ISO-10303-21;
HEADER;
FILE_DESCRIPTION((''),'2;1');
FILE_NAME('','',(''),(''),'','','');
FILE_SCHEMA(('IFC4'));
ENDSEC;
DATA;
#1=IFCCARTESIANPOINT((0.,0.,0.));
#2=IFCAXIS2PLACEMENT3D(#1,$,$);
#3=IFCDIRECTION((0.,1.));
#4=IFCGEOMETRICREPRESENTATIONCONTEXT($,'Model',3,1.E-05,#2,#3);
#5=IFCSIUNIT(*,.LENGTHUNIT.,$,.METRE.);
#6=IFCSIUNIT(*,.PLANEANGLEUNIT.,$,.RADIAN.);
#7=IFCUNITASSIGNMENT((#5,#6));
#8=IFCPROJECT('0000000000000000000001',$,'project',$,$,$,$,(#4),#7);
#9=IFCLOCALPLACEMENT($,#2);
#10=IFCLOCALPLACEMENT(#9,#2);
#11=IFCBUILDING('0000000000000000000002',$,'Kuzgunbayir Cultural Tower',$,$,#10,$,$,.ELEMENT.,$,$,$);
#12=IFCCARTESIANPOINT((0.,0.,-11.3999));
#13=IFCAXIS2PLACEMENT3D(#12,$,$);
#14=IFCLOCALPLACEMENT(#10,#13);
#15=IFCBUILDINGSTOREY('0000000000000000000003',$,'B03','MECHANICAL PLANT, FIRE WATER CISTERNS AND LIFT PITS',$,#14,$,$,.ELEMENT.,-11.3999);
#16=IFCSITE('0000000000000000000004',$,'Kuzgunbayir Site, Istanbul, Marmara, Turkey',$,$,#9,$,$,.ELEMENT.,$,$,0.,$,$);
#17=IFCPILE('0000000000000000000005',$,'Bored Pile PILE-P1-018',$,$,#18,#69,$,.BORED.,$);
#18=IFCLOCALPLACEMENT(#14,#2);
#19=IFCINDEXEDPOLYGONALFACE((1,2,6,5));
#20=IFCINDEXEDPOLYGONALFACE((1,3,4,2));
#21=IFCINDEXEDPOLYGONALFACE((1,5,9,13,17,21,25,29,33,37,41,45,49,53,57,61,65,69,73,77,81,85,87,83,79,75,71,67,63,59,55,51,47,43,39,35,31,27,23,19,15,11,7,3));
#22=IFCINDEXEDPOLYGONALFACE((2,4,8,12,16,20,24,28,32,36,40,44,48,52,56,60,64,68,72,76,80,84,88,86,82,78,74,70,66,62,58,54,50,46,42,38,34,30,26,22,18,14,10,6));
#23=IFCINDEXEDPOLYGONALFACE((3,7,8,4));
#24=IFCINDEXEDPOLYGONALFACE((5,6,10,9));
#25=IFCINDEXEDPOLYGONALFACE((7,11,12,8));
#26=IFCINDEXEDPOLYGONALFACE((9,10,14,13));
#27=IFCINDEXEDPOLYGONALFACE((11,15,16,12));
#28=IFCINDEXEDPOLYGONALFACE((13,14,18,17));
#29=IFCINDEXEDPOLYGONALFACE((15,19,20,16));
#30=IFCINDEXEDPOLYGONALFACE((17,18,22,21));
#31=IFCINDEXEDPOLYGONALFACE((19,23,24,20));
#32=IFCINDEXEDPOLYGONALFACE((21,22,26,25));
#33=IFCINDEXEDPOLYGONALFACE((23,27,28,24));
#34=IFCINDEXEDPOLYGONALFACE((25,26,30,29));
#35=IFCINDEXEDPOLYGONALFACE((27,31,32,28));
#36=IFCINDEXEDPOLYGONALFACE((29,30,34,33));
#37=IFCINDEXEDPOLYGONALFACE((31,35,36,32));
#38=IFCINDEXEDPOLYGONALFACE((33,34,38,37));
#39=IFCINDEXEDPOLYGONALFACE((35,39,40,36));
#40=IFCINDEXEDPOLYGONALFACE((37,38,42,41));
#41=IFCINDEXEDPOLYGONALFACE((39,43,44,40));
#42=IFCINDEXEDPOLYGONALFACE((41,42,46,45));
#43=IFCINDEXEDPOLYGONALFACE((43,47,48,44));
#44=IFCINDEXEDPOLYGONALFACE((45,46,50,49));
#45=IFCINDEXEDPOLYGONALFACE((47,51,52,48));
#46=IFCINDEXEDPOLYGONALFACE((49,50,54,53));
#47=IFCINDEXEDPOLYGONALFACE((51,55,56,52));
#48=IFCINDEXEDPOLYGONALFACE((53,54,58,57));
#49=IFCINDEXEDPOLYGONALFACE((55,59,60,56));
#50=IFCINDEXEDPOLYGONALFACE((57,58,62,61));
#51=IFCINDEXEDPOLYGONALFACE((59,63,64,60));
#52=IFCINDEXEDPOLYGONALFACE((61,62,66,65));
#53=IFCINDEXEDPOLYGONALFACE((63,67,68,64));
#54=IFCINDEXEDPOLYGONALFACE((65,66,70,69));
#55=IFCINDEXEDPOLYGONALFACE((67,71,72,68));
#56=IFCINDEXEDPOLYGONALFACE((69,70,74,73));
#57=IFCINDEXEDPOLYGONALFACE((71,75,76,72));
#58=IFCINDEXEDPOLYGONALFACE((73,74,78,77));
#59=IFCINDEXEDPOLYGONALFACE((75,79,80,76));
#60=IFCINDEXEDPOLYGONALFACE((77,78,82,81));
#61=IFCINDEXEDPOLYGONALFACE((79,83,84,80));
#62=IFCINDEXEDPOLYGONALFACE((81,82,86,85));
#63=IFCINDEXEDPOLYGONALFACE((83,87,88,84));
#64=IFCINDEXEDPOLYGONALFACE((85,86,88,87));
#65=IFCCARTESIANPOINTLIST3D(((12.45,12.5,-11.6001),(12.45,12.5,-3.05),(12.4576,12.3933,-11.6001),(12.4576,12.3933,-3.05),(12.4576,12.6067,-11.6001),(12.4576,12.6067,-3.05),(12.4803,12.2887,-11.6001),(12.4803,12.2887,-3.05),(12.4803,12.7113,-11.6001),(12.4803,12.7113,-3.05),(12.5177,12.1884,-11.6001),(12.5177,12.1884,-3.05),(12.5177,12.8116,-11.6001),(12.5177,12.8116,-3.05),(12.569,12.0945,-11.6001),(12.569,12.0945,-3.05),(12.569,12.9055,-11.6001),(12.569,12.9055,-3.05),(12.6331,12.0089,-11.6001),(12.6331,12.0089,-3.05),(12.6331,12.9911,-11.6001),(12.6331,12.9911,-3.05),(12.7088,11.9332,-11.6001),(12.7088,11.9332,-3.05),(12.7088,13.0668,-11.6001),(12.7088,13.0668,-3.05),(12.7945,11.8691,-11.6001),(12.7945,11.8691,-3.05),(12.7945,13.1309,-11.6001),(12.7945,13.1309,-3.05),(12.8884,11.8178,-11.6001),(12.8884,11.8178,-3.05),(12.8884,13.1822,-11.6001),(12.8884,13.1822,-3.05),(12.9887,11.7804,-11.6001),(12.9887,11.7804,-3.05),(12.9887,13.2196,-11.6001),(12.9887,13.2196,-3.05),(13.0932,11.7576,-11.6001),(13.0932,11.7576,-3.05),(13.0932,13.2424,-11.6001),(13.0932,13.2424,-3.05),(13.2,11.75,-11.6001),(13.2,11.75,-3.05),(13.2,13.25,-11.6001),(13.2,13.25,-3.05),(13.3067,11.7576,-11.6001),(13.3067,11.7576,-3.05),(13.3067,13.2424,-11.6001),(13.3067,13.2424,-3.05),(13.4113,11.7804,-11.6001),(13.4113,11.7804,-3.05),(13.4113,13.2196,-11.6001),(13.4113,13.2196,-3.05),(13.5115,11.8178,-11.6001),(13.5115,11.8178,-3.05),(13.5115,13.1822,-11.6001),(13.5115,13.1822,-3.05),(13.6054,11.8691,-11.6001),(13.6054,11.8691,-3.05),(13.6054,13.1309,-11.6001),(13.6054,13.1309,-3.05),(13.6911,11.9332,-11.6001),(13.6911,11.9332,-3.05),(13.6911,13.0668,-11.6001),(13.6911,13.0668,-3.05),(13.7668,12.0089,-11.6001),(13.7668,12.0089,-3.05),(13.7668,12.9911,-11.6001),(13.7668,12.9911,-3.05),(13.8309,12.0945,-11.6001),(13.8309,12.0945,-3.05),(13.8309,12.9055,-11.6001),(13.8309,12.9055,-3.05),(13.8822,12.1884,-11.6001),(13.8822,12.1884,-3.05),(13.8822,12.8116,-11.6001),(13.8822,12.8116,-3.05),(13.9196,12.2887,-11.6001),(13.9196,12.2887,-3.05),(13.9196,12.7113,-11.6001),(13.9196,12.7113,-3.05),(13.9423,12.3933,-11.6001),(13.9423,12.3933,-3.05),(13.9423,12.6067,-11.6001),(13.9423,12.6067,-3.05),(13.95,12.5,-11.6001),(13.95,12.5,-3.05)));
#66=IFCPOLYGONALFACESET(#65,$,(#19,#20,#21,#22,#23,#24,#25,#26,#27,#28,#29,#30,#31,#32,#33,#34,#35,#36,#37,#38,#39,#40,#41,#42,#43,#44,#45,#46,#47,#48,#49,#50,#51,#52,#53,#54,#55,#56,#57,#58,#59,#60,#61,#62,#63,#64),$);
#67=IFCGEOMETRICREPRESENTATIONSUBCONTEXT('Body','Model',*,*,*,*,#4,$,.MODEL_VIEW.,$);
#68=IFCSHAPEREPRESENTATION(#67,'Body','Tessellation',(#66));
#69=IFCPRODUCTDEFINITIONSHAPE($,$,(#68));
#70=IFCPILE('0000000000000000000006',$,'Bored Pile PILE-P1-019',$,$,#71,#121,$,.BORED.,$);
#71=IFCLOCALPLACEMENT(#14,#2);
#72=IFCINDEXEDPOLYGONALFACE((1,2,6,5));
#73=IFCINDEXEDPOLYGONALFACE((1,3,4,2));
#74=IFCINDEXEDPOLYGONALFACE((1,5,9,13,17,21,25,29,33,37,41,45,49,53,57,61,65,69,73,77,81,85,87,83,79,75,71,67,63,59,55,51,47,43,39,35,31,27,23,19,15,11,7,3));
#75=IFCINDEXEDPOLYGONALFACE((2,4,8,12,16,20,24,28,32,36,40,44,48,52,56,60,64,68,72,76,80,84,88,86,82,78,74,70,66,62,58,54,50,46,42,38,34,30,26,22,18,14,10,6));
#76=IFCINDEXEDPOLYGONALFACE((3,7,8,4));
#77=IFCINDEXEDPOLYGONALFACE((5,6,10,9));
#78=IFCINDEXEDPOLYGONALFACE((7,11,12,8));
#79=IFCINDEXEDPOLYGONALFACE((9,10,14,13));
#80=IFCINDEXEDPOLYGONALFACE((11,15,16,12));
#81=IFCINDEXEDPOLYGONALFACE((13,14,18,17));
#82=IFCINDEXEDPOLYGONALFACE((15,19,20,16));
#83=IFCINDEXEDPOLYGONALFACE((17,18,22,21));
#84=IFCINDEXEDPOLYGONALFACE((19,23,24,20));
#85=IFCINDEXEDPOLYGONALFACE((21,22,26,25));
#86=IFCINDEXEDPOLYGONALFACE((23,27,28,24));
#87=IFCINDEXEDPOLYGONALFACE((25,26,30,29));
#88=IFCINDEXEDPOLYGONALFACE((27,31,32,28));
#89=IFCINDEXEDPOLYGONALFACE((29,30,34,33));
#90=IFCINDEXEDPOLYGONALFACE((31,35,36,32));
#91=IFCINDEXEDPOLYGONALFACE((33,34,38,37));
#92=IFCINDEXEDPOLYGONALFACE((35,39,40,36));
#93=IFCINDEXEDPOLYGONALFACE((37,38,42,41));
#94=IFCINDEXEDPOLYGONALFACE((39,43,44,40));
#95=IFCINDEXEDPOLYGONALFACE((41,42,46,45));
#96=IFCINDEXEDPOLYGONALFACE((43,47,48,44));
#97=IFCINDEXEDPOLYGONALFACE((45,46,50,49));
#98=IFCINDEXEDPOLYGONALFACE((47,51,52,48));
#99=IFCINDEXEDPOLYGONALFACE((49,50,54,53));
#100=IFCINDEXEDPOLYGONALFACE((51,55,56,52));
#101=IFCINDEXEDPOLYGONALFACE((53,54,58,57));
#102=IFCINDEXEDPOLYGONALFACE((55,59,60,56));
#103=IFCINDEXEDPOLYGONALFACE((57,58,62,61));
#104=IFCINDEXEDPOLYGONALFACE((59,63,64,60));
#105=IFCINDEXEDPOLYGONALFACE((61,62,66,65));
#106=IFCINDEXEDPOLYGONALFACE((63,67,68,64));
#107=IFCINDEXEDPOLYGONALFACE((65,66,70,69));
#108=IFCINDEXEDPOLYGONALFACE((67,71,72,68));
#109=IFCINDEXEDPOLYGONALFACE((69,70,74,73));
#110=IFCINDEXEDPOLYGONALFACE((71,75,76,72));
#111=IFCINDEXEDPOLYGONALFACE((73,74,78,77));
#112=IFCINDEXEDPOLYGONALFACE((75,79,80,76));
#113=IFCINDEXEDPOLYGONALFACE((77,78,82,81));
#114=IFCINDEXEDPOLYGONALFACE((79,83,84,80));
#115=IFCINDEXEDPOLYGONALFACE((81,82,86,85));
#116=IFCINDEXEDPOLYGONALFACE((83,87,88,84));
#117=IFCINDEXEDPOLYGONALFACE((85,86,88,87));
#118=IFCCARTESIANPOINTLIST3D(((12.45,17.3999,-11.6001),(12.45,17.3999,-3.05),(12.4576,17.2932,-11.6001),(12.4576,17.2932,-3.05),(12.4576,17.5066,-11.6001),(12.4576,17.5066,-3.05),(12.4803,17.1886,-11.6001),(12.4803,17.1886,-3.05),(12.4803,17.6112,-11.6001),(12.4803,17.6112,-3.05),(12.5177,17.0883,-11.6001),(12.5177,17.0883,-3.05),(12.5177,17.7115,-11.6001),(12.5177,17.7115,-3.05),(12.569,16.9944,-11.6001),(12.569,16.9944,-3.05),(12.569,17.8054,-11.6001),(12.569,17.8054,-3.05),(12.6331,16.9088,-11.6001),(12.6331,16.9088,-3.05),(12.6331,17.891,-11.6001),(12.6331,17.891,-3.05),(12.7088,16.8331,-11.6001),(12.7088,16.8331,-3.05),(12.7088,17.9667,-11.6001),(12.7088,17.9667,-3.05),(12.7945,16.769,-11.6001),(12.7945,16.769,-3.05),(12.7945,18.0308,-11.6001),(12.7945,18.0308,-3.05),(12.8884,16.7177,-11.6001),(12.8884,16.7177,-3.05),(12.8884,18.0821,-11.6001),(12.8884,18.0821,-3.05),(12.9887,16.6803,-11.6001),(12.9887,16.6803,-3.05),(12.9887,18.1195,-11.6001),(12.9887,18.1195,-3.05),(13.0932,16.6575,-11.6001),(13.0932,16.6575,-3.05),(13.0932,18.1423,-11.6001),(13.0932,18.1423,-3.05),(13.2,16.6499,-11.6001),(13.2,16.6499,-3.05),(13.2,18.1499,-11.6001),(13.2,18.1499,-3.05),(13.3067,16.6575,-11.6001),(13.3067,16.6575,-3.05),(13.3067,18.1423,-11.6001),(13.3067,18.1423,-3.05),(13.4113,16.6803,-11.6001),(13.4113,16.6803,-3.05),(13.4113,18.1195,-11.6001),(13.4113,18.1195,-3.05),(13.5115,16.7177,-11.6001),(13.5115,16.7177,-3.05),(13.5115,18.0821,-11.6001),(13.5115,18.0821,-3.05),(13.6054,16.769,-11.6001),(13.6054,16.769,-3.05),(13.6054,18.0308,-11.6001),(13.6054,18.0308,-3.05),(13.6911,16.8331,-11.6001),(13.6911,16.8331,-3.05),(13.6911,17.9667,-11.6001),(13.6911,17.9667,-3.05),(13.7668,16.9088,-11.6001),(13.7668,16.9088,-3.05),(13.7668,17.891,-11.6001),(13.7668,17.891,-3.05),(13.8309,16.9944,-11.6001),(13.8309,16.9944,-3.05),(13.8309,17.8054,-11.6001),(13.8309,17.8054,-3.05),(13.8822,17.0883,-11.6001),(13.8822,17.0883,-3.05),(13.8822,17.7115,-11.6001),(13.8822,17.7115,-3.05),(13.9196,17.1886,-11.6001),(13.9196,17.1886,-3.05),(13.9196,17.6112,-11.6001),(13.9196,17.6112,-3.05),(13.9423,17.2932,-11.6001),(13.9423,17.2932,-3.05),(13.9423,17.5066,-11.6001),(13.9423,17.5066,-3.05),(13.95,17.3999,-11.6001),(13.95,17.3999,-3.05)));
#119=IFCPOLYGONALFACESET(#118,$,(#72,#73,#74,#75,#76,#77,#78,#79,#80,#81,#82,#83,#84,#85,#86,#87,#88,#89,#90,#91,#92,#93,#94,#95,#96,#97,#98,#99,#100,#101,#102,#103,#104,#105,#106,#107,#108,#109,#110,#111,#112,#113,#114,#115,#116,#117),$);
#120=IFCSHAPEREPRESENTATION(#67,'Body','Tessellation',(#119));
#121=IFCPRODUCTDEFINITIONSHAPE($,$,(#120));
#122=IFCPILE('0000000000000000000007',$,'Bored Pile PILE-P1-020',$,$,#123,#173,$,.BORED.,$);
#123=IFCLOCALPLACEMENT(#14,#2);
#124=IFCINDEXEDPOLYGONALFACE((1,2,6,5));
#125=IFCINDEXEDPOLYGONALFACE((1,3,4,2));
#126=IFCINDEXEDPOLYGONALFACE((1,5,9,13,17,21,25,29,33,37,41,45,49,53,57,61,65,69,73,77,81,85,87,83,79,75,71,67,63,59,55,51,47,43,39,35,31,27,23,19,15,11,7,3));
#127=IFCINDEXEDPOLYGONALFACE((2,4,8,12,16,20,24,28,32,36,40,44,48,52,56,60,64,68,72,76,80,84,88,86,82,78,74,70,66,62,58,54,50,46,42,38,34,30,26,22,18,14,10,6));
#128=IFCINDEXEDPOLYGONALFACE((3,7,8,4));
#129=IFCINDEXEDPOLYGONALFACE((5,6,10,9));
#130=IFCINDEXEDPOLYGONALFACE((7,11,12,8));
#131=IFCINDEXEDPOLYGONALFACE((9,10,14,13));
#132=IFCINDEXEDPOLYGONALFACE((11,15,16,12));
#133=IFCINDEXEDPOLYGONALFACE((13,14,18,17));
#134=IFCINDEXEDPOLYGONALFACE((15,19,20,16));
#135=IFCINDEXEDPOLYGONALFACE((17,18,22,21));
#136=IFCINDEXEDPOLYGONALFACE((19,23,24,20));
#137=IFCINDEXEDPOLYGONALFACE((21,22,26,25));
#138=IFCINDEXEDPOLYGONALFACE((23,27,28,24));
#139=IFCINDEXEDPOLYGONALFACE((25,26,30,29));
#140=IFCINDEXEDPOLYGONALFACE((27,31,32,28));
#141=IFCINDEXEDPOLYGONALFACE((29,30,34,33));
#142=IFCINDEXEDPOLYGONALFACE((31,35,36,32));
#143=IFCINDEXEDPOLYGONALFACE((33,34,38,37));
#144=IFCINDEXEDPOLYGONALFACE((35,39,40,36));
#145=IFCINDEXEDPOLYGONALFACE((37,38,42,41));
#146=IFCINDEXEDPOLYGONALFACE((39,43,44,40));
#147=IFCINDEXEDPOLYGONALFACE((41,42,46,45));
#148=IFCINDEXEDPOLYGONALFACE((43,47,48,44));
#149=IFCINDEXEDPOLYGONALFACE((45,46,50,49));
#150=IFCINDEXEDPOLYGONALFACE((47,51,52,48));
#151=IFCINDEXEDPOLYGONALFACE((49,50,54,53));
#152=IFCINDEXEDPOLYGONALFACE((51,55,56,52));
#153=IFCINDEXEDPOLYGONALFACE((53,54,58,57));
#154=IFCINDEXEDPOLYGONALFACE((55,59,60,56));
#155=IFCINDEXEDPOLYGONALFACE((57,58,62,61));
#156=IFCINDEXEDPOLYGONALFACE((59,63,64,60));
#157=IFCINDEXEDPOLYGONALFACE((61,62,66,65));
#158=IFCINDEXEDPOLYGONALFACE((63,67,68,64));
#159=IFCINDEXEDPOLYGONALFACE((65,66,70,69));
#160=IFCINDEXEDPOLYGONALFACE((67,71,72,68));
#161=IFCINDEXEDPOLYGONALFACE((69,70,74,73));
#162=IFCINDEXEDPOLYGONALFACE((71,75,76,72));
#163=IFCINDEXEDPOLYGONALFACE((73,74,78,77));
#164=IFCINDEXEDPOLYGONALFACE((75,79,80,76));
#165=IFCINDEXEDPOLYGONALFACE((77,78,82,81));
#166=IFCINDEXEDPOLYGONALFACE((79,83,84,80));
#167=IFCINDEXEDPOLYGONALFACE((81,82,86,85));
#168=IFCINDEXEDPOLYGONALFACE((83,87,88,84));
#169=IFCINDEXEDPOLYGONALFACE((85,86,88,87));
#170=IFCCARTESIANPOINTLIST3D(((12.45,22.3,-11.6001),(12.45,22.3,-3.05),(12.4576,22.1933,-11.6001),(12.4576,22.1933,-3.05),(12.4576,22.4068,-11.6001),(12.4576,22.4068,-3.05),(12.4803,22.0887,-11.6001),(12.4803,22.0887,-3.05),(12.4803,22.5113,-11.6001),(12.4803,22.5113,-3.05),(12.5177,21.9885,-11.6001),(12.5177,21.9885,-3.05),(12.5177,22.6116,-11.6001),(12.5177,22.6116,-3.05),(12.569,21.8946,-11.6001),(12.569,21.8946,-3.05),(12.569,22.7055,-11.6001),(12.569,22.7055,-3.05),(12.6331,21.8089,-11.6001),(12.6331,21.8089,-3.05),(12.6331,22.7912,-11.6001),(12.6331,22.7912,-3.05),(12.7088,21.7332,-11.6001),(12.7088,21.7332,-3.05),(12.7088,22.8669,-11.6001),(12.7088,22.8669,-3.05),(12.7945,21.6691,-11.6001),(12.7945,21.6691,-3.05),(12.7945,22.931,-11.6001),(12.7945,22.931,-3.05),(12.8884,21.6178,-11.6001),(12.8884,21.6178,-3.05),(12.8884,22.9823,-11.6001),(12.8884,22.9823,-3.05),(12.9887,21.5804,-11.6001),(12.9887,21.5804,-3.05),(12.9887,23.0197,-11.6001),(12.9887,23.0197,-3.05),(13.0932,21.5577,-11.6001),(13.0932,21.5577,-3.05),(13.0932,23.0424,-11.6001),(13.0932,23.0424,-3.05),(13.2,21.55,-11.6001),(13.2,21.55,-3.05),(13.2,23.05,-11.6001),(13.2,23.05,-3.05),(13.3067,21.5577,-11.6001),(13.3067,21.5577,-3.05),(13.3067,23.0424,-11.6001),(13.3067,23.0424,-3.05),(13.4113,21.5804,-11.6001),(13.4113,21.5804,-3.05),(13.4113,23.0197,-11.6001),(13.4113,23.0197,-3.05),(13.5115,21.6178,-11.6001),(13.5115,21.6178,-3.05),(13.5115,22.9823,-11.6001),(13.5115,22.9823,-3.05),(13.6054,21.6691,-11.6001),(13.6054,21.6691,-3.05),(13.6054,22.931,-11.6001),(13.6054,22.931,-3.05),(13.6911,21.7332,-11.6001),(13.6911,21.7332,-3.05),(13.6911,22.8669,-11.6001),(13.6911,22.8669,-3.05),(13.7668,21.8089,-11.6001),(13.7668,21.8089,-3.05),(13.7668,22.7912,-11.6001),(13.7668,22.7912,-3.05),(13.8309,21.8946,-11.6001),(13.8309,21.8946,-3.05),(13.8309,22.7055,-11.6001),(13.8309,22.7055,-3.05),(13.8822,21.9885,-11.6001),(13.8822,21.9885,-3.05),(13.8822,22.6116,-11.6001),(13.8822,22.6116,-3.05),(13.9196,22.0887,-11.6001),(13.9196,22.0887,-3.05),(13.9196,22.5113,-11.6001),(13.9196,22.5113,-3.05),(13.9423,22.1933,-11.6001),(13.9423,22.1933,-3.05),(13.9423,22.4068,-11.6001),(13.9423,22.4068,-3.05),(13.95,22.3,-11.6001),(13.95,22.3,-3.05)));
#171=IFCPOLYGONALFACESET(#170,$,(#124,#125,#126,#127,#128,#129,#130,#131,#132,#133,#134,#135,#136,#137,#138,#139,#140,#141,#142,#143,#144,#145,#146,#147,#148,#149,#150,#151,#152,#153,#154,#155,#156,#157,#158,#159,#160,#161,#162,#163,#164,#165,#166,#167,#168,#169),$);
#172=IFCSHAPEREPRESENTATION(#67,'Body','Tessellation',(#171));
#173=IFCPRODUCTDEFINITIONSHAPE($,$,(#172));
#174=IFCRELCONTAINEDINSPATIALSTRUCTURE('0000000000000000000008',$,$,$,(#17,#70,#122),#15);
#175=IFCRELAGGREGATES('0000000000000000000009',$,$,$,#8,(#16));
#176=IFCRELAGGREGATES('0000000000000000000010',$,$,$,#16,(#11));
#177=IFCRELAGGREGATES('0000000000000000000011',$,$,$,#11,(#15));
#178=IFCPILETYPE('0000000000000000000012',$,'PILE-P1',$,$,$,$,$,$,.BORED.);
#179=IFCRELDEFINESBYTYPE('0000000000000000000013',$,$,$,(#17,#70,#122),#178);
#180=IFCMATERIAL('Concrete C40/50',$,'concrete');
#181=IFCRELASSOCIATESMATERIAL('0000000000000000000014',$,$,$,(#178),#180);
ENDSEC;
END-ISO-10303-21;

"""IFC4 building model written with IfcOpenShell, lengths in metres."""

from ifc_helpers import new_model, si_unit, direction, frame, origin, origin_2d, place, context, subcontext, project, spatial, circle, extrude, material, material_profile, profile_set, type_object, element, save


model = new_model("IFC4")

# Units and contexts
model_context = context("Model", 3, precision=1e-05, world=origin(), true_north=direction((0.0, 1.0)))
body_context = subcontext(model_context, "Body", "Model", "MODEL_VIEW")
ifc_project = project(units=[si_unit("LENGTHUNIT", "METRE"), si_unit("PLANEANGLEUNIT", "RADIAN")], contexts=[model_context])

# Site, building, storey
site_placement = place(None, origin())
site = spatial("IfcSite", under=ifc_project, at=site_placement, Name="Kuzgunbayir Site, Istanbul, Marmara, Turkey", CompositionType="ELEMENT", RefElevation=0.0)
building_placement = place(site_placement, origin())
building = spatial("IfcBuilding", under=site, at=building_placement, Name="Kuzgunbayir Cultural Tower", CompositionType="ELEMENT")
storey_placement = place(building_placement, frame((0.0, 0.0, -11.3999)))
storey = spatial("IfcBuildingStorey", under=building, at=storey_placement, Name="B03", Description="MECHANICAL PLANT, FIRE WATER CISTERNS AND LIFT PITS", CompositionType="ELEMENT", Elevation=-11.3999)

# Shared definitions
ifc_material_1 = material(Name="Concrete C40/50", Category="concrete")

# Piles
ifc_material_profile_1 = material_profile(ifc_material_1, circle(Radius=0.75, at=origin_2d()), Name="BORED PILE 1500")
ifc_profile_set_1 = profile_set([ifc_material_profile_1], Name="Concrete C40/50")
pile_type_1 = type_object("IfcPileType", Name="PILE-P1", PredefinedType="BORED", material=ifc_profile_set_1)
for number, where, z_axis, x_axis, name in (
    (1, (13.2, 12.5, -3.05), (0.0, 0.0, -1.0), (1.0, 0.0, 0.0), "Bored Pile PILE-P1-018"),
    (2, (13.2, 17.3999, -3.05), (0.0, 0.0, -1.0), (1.0, 0.0, 0.0), "Bored Pile PILE-P1-019"),
    (3, (13.2, 22.3, -3.05), (0.0, 0.0, -1.0), (1.0, 0.0, 0.0), "Bored Pile PILE-P1-020"),
):
    element("IfcPile", number, at=place(storey_placement, frame(where, z_axis=z_axis, x_axis=x_axis)), inside=storey, type_object=pile_type_1, Name=name, PredefinedType="BORED", context=body_context, shape_type="SweptSolid", body=[
        extrude(circle(Radius=0.75, at=origin_2d()), origin(), (0.0, 0.0, 1.0), 8.55),
    ])

save(model, "model.ifc")
